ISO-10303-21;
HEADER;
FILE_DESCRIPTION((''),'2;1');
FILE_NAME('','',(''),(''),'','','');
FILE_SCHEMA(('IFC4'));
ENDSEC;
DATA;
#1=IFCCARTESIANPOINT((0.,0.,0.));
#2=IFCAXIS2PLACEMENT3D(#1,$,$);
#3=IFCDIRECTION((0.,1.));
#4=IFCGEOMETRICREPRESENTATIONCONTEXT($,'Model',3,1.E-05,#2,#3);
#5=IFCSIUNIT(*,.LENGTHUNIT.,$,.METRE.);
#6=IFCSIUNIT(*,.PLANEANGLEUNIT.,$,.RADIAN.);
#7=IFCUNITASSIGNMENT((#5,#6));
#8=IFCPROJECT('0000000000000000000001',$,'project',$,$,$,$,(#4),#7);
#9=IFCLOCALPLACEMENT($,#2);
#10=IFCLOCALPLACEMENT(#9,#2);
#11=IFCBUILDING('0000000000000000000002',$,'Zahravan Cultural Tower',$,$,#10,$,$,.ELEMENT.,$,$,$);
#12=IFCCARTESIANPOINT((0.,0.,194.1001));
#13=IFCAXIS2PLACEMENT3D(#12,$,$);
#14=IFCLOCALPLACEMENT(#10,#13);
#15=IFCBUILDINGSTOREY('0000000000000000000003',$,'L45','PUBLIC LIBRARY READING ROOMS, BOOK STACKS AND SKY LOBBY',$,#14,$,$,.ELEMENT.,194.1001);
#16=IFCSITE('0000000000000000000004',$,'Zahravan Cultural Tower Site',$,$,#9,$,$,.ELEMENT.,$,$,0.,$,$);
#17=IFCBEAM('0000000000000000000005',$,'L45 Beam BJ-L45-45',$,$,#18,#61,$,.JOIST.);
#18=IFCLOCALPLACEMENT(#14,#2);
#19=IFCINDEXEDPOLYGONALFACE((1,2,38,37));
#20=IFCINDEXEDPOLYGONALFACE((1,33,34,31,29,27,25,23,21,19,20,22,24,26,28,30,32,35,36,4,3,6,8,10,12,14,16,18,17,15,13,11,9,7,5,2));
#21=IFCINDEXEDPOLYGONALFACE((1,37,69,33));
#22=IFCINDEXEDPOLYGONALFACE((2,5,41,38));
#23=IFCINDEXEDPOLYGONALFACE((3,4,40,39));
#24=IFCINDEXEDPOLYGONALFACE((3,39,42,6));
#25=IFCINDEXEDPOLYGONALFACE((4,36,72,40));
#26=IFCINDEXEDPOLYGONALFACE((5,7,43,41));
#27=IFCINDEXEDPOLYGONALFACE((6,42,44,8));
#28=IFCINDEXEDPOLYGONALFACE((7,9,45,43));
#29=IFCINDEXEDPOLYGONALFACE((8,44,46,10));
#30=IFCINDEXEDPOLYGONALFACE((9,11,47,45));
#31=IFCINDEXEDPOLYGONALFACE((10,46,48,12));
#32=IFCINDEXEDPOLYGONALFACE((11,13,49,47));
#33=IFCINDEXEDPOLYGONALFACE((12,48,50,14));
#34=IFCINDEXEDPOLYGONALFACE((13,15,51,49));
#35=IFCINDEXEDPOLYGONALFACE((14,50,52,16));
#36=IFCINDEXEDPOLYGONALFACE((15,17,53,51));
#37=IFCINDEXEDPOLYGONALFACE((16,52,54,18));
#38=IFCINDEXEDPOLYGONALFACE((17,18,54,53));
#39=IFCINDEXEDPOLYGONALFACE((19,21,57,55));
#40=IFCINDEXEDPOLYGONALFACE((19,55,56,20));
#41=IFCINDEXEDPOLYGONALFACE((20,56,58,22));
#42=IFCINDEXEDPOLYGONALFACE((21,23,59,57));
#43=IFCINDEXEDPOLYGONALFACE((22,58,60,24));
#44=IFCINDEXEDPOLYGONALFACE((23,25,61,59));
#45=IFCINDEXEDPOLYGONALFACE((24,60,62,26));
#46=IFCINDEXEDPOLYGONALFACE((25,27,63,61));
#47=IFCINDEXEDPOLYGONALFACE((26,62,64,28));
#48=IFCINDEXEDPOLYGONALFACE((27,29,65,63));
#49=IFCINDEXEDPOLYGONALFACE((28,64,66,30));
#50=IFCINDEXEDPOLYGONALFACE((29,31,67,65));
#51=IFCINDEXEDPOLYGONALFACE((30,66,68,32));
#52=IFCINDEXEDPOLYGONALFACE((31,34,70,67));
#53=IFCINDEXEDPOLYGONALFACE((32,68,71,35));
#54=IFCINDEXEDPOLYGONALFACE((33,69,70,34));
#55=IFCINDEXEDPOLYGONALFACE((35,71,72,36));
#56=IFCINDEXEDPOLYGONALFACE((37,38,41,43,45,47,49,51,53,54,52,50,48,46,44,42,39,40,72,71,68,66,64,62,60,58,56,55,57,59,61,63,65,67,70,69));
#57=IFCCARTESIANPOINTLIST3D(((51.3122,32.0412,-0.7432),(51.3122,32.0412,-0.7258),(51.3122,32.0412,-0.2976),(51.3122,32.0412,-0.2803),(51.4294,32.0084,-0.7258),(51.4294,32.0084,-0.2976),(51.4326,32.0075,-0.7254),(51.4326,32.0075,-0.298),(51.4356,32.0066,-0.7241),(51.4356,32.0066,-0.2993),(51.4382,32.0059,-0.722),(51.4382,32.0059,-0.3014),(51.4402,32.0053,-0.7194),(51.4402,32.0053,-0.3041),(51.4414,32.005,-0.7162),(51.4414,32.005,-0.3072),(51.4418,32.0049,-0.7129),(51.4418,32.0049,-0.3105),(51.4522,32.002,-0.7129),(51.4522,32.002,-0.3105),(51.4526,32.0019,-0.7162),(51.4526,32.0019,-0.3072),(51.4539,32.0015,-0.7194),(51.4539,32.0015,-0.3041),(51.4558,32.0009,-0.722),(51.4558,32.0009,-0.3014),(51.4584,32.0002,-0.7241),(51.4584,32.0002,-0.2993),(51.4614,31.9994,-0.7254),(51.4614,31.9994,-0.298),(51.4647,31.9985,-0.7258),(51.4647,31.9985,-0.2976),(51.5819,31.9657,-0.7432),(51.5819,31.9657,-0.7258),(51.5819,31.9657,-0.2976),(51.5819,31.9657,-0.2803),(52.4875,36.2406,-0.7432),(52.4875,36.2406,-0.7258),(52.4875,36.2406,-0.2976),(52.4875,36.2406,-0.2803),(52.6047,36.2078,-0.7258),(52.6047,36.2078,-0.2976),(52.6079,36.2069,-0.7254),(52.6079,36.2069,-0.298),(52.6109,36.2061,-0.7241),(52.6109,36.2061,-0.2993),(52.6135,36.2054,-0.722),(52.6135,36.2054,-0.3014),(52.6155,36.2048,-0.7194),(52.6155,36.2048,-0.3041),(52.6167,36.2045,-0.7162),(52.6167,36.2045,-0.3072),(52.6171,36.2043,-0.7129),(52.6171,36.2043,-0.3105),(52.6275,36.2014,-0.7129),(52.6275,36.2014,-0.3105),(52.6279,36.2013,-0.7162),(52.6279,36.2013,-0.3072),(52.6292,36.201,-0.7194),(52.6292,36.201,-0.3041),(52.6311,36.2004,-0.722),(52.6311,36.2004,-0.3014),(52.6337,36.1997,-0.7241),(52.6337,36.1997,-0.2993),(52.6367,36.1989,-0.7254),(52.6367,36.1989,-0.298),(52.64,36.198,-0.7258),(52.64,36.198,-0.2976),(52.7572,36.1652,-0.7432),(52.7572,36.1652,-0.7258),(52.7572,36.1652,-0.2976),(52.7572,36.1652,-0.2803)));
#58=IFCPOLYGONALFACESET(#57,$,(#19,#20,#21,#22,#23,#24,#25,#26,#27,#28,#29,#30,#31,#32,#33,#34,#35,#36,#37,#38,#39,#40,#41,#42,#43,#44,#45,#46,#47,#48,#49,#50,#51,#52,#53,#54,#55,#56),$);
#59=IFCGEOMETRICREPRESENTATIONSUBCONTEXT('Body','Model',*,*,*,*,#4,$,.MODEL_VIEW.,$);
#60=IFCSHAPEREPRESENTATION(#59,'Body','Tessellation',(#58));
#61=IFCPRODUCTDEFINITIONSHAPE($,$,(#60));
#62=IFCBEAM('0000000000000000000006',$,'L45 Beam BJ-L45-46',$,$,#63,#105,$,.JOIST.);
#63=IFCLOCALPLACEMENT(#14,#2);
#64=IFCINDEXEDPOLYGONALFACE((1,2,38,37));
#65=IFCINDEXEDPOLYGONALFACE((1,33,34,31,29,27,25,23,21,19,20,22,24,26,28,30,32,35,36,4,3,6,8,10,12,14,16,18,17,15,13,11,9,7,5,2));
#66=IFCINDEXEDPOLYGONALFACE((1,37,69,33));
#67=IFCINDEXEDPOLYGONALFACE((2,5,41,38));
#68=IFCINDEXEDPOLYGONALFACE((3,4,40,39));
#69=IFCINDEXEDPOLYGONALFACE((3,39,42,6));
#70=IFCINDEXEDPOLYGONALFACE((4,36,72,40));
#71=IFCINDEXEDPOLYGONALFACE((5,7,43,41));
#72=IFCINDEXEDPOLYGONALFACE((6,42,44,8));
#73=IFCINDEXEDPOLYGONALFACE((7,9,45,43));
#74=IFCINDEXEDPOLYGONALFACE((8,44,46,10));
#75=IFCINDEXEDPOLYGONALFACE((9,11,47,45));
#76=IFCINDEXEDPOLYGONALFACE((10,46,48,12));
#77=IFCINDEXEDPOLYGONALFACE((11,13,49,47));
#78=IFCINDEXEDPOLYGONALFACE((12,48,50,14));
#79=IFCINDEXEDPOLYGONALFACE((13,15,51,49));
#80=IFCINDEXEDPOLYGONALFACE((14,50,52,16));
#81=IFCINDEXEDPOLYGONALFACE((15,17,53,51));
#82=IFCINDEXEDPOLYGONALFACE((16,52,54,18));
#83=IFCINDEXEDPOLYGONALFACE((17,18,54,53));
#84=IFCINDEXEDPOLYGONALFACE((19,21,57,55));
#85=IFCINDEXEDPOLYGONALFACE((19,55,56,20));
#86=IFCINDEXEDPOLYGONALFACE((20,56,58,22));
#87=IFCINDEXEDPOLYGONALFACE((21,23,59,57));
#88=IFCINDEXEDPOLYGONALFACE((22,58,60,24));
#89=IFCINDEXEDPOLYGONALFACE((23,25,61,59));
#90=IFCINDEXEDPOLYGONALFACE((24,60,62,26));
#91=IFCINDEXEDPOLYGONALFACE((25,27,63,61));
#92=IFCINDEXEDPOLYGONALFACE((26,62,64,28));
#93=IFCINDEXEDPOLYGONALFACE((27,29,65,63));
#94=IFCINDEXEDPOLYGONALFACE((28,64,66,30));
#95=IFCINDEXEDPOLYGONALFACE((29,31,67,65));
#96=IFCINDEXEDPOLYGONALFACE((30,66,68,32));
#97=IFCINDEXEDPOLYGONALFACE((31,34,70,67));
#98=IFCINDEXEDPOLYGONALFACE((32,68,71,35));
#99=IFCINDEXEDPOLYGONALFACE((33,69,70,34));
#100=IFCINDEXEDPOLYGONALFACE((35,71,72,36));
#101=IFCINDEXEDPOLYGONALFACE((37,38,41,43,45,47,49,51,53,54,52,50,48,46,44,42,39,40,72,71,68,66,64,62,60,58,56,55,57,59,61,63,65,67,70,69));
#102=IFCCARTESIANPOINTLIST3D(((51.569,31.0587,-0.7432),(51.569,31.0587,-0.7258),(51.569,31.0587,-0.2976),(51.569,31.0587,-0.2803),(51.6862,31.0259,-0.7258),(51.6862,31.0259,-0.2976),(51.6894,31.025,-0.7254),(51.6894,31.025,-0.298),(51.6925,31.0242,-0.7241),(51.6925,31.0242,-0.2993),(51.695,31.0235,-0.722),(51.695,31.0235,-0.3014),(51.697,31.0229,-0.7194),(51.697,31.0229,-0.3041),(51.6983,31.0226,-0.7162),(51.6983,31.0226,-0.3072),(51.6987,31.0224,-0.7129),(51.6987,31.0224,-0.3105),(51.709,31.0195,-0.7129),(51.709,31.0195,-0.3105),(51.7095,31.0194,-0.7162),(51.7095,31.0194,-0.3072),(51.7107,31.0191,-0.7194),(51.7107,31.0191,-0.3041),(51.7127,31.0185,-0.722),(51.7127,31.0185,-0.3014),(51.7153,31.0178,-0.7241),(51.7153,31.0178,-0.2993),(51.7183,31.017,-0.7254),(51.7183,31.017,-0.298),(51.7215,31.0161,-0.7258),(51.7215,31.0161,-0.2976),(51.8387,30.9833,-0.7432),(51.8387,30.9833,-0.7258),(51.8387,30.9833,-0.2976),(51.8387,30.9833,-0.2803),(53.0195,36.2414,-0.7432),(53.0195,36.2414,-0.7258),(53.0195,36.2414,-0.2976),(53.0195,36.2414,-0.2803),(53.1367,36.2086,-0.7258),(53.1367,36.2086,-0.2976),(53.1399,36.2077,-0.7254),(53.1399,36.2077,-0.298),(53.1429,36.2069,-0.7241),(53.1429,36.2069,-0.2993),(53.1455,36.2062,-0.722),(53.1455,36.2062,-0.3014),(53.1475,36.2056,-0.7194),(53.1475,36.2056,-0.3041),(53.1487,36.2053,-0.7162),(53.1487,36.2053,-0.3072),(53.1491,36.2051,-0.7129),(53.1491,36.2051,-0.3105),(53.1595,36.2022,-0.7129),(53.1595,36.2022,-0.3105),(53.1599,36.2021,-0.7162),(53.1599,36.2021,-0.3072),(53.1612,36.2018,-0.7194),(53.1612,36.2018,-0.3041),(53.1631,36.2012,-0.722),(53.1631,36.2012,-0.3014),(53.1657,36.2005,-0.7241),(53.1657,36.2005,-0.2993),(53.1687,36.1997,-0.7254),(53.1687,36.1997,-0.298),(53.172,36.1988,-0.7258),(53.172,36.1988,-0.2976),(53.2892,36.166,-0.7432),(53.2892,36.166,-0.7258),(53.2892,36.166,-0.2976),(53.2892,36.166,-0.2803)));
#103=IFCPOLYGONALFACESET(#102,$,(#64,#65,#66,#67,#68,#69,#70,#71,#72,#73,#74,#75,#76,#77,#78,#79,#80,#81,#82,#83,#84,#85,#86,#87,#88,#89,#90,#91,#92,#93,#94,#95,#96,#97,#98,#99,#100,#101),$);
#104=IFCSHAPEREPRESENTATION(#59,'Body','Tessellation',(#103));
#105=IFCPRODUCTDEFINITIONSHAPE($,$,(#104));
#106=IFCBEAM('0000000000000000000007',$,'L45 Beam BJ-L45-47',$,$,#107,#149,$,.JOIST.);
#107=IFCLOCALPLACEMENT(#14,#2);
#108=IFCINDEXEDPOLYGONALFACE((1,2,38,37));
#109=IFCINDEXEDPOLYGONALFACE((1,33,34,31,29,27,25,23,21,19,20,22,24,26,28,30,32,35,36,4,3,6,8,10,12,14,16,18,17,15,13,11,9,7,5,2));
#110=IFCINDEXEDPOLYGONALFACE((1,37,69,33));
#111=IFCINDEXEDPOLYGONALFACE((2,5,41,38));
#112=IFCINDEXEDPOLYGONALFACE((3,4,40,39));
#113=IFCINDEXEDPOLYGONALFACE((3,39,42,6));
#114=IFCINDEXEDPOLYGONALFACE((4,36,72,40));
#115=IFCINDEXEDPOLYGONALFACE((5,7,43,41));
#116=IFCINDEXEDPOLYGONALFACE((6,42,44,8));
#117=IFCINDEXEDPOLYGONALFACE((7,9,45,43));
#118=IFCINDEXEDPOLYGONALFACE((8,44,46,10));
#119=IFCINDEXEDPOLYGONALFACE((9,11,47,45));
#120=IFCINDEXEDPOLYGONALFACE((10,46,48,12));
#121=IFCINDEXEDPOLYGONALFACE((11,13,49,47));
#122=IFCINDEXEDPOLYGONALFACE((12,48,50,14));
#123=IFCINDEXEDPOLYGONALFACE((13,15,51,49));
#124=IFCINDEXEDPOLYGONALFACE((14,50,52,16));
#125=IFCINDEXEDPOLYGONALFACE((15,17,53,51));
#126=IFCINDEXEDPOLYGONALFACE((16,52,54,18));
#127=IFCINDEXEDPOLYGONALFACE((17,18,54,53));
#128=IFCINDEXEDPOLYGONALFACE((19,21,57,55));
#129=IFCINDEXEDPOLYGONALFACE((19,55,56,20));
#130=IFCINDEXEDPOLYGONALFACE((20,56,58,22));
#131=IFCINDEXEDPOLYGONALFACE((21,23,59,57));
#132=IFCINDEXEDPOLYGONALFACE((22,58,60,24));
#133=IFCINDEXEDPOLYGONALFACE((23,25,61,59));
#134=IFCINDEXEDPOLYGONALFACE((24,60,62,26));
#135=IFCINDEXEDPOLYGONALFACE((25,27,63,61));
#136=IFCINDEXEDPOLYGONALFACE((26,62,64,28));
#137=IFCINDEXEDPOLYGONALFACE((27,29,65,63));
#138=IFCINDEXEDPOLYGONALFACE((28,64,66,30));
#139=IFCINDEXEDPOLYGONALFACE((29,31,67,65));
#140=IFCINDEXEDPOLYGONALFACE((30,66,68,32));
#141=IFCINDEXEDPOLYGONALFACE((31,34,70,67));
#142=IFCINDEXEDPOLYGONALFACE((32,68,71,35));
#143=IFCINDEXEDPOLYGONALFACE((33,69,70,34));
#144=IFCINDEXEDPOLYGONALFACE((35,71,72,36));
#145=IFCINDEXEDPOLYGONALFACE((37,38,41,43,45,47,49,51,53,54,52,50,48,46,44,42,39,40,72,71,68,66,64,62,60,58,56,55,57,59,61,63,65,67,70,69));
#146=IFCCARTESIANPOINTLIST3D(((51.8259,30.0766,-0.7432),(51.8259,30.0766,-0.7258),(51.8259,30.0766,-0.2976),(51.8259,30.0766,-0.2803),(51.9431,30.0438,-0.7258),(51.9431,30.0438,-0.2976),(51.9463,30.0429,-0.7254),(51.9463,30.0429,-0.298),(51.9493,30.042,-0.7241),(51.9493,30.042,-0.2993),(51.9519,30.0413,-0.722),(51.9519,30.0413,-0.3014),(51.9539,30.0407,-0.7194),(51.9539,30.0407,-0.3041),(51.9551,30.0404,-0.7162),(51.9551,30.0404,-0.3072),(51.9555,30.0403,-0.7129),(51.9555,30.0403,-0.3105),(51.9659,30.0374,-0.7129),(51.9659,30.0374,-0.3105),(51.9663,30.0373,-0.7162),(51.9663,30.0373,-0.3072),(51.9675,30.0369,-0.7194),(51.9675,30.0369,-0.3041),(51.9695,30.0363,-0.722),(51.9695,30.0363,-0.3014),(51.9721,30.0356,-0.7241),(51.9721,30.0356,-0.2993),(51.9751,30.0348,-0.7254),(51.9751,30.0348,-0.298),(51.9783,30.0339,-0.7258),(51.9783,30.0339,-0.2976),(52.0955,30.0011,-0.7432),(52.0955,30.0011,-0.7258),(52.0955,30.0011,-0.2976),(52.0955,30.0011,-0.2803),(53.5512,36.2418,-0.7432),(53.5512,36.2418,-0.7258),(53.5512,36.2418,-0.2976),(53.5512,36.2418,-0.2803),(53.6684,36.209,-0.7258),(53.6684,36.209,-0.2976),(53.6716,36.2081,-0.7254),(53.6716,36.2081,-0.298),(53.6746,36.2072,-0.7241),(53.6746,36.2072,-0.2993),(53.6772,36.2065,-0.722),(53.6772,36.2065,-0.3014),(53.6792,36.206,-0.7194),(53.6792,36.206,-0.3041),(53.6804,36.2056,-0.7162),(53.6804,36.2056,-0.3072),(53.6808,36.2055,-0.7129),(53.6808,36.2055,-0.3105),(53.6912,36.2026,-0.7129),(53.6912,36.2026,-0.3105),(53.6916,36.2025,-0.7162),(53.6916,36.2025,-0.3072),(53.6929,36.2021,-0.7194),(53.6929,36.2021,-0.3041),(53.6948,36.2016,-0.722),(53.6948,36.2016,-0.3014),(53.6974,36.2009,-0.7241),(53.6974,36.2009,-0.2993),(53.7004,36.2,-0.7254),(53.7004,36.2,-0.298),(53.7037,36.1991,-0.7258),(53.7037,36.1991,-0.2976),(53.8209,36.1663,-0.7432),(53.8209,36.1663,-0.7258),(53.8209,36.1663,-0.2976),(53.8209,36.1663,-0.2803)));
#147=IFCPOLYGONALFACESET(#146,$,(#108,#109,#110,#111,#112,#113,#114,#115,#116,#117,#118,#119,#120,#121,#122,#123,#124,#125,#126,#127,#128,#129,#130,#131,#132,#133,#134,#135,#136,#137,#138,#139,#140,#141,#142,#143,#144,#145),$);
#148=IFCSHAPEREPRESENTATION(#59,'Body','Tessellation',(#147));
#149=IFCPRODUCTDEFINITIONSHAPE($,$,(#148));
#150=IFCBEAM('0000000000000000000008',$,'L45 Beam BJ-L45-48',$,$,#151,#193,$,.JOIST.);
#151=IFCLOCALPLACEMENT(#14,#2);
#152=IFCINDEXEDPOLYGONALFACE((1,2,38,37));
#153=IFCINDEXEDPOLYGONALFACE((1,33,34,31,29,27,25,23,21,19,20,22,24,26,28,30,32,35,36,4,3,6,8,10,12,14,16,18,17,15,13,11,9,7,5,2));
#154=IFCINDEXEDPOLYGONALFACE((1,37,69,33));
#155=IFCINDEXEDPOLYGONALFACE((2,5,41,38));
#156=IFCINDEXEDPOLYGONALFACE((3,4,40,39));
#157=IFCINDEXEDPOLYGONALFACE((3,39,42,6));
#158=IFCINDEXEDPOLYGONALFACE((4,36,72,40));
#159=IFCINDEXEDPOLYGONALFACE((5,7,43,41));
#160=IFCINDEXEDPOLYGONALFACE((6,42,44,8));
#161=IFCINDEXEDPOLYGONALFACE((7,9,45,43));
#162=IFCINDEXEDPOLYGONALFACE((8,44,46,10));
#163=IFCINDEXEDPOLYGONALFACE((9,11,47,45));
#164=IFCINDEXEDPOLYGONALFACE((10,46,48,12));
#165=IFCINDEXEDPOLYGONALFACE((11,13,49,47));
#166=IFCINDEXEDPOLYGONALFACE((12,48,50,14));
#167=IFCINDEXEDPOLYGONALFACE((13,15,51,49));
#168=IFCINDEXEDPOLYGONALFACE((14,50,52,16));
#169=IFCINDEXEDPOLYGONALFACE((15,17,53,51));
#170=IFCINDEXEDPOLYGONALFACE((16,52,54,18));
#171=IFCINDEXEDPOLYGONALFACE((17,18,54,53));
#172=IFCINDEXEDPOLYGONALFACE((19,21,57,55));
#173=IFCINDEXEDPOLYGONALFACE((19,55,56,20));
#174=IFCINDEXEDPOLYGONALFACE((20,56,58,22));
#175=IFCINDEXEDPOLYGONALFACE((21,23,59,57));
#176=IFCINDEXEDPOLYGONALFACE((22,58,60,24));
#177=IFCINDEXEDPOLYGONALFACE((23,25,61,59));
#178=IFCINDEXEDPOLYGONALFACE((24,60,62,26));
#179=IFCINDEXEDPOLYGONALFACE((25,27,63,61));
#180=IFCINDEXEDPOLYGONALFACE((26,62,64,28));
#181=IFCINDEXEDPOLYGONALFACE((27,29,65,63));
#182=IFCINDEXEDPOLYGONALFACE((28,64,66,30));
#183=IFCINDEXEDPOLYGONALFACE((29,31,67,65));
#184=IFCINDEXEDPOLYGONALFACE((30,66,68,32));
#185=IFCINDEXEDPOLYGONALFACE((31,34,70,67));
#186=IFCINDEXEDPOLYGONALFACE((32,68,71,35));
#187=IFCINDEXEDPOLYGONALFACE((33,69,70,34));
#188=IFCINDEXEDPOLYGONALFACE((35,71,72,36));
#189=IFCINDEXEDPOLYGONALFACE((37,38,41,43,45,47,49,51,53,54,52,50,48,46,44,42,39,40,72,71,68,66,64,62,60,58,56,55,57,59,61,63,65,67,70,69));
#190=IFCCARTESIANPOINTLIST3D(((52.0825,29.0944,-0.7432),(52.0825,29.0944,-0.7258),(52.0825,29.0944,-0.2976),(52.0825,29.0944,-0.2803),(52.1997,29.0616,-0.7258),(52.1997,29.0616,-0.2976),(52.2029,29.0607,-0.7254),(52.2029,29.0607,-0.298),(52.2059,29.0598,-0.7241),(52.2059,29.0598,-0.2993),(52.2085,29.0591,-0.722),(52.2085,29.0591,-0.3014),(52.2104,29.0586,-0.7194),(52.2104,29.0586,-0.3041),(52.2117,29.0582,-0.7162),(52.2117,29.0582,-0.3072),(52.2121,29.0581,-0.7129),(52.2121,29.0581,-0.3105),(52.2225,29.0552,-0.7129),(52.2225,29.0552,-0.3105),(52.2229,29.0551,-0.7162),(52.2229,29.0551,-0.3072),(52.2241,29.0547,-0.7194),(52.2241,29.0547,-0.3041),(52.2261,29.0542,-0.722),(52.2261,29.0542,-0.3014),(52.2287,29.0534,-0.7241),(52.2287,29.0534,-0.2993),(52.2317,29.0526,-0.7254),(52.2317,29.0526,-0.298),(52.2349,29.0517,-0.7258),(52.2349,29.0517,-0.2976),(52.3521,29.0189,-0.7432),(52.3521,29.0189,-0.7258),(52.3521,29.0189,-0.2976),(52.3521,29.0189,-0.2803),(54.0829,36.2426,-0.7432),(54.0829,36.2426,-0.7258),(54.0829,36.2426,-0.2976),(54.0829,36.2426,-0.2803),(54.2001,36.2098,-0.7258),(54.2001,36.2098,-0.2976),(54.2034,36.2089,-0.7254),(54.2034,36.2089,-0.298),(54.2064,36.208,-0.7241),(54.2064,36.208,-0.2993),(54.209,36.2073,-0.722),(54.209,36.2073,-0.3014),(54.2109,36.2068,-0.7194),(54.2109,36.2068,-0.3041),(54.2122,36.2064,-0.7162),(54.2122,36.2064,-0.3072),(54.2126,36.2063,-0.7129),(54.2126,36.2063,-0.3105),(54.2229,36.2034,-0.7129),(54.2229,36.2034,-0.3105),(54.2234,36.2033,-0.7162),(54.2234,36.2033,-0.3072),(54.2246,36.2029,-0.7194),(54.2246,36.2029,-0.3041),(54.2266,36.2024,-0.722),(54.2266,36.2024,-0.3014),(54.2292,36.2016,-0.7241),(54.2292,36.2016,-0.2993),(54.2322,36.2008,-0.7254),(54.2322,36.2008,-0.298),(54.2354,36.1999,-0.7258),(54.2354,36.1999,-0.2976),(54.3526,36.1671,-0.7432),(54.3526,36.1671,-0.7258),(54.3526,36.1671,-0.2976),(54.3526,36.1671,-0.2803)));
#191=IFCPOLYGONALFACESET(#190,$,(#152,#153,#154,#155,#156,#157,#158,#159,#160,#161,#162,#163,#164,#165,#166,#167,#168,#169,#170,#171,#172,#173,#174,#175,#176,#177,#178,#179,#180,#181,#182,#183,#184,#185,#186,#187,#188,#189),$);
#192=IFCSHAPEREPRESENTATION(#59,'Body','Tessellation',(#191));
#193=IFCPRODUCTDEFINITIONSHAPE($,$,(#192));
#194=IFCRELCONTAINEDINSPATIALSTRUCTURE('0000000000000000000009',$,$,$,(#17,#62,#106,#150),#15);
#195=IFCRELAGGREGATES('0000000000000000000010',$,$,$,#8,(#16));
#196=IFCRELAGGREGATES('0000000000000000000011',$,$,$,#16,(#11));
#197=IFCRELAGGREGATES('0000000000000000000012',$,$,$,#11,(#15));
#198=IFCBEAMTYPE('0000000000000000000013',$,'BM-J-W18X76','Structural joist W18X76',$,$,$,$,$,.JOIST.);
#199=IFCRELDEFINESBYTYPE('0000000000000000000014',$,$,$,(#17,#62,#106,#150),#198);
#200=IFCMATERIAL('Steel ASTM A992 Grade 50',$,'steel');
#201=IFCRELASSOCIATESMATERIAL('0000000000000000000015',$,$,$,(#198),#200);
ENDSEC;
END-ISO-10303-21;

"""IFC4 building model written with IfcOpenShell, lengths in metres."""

from ifc_helpers import new_model, si_unit, direction, frame, origin, origin_2d, place, context, subcontext, project, spatial, i_section, extrude, source, transform, mapped, material, material_profile, profile_set, type_object, element, save


model = new_model("IFC4")

# Units and contexts
model_context = context("Model", 3, precision=1e-05, world=origin(), true_north=direction((0.0, 1.0)))
body_context = subcontext(model_context, "Body", "Model", "MODEL_VIEW")
ifc_project = project(units=[si_unit("LENGTHUNIT", "METRE"), si_unit("PLANEANGLEUNIT", "RADIAN")], contexts=[model_context])

# Site, building, storey
site_placement = place(None, origin())
site = spatial("IfcSite", under=ifc_project, at=site_placement, Name="Zahravan Cultural Tower Site", CompositionType="ELEMENT", RefElevation=0.0)
building_placement = place(site_placement, origin())
building = spatial("IfcBuilding", under=site, at=building_placement, Name="Zahravan Cultural Tower", CompositionType="ELEMENT")
storey_placement = place(building_placement, frame((0.0, 0.0, 194.1001)))
storey = spatial("IfcBuildingStorey", under=building, at=storey_placement, Name="L45", Description="PUBLIC LIBRARY READING ROOMS, BOOK STACKS AND SKY LOBBY", CompositionType="ELEMENT", Elevation=194.1001)

# Shared definitions
ifc_material_1 = material(Name="Steel ASTM A992 Grade 50", Category="steel")

# Beams
ifc_material_profile_1 = material_profile(ifc_material_1, i_section(OverallWidth=0.28, OverallDepth=0.4629, WebThickness=0.0107, FlangeThickness=0.0173, FilletRadius=0.0129, at=origin_2d()), Name="W18X76")
ifc_profile_set_1 = profile_set([ifc_material_profile_1], Name="Steel ASTM A992 Grade 50")
beam_type_1 = type_object("IfcBeamType", Name="BM-J-W18X76", Description="Structural joist W18X76", PredefinedType="JOIST", material=ifc_profile_set_1)
shared_shape_1 = source(origin(), body_context, "Body", "SweptSolid", [
    extrude(i_section(OverallWidth=0.28, OverallDepth=0.4629, WebThickness=0.0107, FlangeThickness=0.0173, FilletRadius=0.0129, at=origin_2d()), origin(), (0.0, 0.0, 1.0), 4.3608),
])
beam_1_placement = place(storey_placement, frame((51.447, 32.0034, -0.5117), z_axis=(0.269512, 0.962997, 0.0), x_axis=(-0.962997, 0.269512, 0.0)))
element("IfcBeam", 1, at=beam_1_placement, inside=storey, type_object=beam_type_1, Name="L45 Beam BJ-L45-45", PredefinedType="JOIST", context=body_context, shape_type="MappedRepresentation", body=[
    mapped(shared_shape_1, transform((0.0, 0.0, 0.0), x_axis=(1.0, 0.0, 0.0), y_axis=(0.0, 1.0, 0.0), z_axis=(0.0, 0.0, 1.0), scale=1.0)),
])
shared_shape_2 = source(origin(), body_context, "Body", "SweptSolid", [
    extrude(i_section(OverallWidth=0.28, OverallDepth=0.4629, WebThickness=0.0107, FlangeThickness=0.0173, FilletRadius=0.0129, at=origin_2d()), origin(), (0.0, 0.0, 1.0), 5.3818),
])
beam_2_placement = place(storey_placement, frame((51.7039, 31.021, -0.5117), z_axis=(0.26951, 0.962997, 0.0), x_axis=(-0.962997, 0.26951, 0.0)))
element("IfcBeam", 2, at=beam_2_placement, inside=storey, type_object=beam_type_1, Name="L45 Beam BJ-L45-46", PredefinedType="JOIST", context=body_context, shape_type="MappedRepresentation", body=[
    mapped(shared_shape_2, transform((0.0, 0.0, 0.0), x_axis=(1.0, 0.0, 0.0), y_axis=(0.0, 1.0, 0.0), z_axis=(0.0, 0.0, 1.0), scale=1.0)),
])
shared_shape_3 = source(origin(), body_context, "Body", "SweptSolid", [
    extrude(i_section(OverallWidth=0.28, OverallDepth=0.4629, WebThickness=0.0107, FlangeThickness=0.0173, FilletRadius=0.0129, at=origin_2d()), origin(), (0.0, 0.0, 1.0), 6.4021),
])
beam_3_placement = place(storey_placement, frame((51.9607, 30.0388, -0.5117), z_axis=(0.269494, 0.963002, 0.0), x_axis=(-0.963002, 0.269494, 0.0)))
element("IfcBeam", 3, at=beam_3_placement, inside=storey, type_object=beam_type_1, Name="L45 Beam BJ-L45-47", PredefinedType="JOIST", context=body_context, shape_type="MappedRepresentation", body=[
    mapped(shared_shape_3, transform((0.0, 0.0, 0.0), x_axis=(1.0, 0.0, 0.0), y_axis=(0.0, 1.0, 0.0), z_axis=(0.0, 0.0, 1.0), scale=1.0)),
])
shared_shape_4 = source(origin(), body_context, "Body", "SweptSolid", [
    extrude(i_section(OverallWidth=0.28, OverallDepth=0.4629, WebThickness=0.0107, FlangeThickness=0.0173, FilletRadius=0.0129, at=origin_2d()), origin(), (0.0, 0.0, 1.0), 7.4229),
])
beam_4_placement = place(storey_placement, frame((52.2173, 29.0566, -0.5117), z_axis=(0.269504, 0.962999, 0.0), x_axis=(-0.962999, 0.269504, 0.0)))
element("IfcBeam", 4, at=beam_4_placement, inside=storey, type_object=beam_type_1, Name="L45 Beam BJ-L45-48", PredefinedType="JOIST", context=body_context, shape_type="MappedRepresentation", body=[
    mapped(shared_shape_4, transform((0.0, 0.0, 0.0), x_axis=(1.0, 0.0, 0.0), y_axis=(0.0, 1.0, 0.0), z_axis=(0.0, 0.0, 1.0), scale=1.0)),
])

save(model, "model.ifc")
